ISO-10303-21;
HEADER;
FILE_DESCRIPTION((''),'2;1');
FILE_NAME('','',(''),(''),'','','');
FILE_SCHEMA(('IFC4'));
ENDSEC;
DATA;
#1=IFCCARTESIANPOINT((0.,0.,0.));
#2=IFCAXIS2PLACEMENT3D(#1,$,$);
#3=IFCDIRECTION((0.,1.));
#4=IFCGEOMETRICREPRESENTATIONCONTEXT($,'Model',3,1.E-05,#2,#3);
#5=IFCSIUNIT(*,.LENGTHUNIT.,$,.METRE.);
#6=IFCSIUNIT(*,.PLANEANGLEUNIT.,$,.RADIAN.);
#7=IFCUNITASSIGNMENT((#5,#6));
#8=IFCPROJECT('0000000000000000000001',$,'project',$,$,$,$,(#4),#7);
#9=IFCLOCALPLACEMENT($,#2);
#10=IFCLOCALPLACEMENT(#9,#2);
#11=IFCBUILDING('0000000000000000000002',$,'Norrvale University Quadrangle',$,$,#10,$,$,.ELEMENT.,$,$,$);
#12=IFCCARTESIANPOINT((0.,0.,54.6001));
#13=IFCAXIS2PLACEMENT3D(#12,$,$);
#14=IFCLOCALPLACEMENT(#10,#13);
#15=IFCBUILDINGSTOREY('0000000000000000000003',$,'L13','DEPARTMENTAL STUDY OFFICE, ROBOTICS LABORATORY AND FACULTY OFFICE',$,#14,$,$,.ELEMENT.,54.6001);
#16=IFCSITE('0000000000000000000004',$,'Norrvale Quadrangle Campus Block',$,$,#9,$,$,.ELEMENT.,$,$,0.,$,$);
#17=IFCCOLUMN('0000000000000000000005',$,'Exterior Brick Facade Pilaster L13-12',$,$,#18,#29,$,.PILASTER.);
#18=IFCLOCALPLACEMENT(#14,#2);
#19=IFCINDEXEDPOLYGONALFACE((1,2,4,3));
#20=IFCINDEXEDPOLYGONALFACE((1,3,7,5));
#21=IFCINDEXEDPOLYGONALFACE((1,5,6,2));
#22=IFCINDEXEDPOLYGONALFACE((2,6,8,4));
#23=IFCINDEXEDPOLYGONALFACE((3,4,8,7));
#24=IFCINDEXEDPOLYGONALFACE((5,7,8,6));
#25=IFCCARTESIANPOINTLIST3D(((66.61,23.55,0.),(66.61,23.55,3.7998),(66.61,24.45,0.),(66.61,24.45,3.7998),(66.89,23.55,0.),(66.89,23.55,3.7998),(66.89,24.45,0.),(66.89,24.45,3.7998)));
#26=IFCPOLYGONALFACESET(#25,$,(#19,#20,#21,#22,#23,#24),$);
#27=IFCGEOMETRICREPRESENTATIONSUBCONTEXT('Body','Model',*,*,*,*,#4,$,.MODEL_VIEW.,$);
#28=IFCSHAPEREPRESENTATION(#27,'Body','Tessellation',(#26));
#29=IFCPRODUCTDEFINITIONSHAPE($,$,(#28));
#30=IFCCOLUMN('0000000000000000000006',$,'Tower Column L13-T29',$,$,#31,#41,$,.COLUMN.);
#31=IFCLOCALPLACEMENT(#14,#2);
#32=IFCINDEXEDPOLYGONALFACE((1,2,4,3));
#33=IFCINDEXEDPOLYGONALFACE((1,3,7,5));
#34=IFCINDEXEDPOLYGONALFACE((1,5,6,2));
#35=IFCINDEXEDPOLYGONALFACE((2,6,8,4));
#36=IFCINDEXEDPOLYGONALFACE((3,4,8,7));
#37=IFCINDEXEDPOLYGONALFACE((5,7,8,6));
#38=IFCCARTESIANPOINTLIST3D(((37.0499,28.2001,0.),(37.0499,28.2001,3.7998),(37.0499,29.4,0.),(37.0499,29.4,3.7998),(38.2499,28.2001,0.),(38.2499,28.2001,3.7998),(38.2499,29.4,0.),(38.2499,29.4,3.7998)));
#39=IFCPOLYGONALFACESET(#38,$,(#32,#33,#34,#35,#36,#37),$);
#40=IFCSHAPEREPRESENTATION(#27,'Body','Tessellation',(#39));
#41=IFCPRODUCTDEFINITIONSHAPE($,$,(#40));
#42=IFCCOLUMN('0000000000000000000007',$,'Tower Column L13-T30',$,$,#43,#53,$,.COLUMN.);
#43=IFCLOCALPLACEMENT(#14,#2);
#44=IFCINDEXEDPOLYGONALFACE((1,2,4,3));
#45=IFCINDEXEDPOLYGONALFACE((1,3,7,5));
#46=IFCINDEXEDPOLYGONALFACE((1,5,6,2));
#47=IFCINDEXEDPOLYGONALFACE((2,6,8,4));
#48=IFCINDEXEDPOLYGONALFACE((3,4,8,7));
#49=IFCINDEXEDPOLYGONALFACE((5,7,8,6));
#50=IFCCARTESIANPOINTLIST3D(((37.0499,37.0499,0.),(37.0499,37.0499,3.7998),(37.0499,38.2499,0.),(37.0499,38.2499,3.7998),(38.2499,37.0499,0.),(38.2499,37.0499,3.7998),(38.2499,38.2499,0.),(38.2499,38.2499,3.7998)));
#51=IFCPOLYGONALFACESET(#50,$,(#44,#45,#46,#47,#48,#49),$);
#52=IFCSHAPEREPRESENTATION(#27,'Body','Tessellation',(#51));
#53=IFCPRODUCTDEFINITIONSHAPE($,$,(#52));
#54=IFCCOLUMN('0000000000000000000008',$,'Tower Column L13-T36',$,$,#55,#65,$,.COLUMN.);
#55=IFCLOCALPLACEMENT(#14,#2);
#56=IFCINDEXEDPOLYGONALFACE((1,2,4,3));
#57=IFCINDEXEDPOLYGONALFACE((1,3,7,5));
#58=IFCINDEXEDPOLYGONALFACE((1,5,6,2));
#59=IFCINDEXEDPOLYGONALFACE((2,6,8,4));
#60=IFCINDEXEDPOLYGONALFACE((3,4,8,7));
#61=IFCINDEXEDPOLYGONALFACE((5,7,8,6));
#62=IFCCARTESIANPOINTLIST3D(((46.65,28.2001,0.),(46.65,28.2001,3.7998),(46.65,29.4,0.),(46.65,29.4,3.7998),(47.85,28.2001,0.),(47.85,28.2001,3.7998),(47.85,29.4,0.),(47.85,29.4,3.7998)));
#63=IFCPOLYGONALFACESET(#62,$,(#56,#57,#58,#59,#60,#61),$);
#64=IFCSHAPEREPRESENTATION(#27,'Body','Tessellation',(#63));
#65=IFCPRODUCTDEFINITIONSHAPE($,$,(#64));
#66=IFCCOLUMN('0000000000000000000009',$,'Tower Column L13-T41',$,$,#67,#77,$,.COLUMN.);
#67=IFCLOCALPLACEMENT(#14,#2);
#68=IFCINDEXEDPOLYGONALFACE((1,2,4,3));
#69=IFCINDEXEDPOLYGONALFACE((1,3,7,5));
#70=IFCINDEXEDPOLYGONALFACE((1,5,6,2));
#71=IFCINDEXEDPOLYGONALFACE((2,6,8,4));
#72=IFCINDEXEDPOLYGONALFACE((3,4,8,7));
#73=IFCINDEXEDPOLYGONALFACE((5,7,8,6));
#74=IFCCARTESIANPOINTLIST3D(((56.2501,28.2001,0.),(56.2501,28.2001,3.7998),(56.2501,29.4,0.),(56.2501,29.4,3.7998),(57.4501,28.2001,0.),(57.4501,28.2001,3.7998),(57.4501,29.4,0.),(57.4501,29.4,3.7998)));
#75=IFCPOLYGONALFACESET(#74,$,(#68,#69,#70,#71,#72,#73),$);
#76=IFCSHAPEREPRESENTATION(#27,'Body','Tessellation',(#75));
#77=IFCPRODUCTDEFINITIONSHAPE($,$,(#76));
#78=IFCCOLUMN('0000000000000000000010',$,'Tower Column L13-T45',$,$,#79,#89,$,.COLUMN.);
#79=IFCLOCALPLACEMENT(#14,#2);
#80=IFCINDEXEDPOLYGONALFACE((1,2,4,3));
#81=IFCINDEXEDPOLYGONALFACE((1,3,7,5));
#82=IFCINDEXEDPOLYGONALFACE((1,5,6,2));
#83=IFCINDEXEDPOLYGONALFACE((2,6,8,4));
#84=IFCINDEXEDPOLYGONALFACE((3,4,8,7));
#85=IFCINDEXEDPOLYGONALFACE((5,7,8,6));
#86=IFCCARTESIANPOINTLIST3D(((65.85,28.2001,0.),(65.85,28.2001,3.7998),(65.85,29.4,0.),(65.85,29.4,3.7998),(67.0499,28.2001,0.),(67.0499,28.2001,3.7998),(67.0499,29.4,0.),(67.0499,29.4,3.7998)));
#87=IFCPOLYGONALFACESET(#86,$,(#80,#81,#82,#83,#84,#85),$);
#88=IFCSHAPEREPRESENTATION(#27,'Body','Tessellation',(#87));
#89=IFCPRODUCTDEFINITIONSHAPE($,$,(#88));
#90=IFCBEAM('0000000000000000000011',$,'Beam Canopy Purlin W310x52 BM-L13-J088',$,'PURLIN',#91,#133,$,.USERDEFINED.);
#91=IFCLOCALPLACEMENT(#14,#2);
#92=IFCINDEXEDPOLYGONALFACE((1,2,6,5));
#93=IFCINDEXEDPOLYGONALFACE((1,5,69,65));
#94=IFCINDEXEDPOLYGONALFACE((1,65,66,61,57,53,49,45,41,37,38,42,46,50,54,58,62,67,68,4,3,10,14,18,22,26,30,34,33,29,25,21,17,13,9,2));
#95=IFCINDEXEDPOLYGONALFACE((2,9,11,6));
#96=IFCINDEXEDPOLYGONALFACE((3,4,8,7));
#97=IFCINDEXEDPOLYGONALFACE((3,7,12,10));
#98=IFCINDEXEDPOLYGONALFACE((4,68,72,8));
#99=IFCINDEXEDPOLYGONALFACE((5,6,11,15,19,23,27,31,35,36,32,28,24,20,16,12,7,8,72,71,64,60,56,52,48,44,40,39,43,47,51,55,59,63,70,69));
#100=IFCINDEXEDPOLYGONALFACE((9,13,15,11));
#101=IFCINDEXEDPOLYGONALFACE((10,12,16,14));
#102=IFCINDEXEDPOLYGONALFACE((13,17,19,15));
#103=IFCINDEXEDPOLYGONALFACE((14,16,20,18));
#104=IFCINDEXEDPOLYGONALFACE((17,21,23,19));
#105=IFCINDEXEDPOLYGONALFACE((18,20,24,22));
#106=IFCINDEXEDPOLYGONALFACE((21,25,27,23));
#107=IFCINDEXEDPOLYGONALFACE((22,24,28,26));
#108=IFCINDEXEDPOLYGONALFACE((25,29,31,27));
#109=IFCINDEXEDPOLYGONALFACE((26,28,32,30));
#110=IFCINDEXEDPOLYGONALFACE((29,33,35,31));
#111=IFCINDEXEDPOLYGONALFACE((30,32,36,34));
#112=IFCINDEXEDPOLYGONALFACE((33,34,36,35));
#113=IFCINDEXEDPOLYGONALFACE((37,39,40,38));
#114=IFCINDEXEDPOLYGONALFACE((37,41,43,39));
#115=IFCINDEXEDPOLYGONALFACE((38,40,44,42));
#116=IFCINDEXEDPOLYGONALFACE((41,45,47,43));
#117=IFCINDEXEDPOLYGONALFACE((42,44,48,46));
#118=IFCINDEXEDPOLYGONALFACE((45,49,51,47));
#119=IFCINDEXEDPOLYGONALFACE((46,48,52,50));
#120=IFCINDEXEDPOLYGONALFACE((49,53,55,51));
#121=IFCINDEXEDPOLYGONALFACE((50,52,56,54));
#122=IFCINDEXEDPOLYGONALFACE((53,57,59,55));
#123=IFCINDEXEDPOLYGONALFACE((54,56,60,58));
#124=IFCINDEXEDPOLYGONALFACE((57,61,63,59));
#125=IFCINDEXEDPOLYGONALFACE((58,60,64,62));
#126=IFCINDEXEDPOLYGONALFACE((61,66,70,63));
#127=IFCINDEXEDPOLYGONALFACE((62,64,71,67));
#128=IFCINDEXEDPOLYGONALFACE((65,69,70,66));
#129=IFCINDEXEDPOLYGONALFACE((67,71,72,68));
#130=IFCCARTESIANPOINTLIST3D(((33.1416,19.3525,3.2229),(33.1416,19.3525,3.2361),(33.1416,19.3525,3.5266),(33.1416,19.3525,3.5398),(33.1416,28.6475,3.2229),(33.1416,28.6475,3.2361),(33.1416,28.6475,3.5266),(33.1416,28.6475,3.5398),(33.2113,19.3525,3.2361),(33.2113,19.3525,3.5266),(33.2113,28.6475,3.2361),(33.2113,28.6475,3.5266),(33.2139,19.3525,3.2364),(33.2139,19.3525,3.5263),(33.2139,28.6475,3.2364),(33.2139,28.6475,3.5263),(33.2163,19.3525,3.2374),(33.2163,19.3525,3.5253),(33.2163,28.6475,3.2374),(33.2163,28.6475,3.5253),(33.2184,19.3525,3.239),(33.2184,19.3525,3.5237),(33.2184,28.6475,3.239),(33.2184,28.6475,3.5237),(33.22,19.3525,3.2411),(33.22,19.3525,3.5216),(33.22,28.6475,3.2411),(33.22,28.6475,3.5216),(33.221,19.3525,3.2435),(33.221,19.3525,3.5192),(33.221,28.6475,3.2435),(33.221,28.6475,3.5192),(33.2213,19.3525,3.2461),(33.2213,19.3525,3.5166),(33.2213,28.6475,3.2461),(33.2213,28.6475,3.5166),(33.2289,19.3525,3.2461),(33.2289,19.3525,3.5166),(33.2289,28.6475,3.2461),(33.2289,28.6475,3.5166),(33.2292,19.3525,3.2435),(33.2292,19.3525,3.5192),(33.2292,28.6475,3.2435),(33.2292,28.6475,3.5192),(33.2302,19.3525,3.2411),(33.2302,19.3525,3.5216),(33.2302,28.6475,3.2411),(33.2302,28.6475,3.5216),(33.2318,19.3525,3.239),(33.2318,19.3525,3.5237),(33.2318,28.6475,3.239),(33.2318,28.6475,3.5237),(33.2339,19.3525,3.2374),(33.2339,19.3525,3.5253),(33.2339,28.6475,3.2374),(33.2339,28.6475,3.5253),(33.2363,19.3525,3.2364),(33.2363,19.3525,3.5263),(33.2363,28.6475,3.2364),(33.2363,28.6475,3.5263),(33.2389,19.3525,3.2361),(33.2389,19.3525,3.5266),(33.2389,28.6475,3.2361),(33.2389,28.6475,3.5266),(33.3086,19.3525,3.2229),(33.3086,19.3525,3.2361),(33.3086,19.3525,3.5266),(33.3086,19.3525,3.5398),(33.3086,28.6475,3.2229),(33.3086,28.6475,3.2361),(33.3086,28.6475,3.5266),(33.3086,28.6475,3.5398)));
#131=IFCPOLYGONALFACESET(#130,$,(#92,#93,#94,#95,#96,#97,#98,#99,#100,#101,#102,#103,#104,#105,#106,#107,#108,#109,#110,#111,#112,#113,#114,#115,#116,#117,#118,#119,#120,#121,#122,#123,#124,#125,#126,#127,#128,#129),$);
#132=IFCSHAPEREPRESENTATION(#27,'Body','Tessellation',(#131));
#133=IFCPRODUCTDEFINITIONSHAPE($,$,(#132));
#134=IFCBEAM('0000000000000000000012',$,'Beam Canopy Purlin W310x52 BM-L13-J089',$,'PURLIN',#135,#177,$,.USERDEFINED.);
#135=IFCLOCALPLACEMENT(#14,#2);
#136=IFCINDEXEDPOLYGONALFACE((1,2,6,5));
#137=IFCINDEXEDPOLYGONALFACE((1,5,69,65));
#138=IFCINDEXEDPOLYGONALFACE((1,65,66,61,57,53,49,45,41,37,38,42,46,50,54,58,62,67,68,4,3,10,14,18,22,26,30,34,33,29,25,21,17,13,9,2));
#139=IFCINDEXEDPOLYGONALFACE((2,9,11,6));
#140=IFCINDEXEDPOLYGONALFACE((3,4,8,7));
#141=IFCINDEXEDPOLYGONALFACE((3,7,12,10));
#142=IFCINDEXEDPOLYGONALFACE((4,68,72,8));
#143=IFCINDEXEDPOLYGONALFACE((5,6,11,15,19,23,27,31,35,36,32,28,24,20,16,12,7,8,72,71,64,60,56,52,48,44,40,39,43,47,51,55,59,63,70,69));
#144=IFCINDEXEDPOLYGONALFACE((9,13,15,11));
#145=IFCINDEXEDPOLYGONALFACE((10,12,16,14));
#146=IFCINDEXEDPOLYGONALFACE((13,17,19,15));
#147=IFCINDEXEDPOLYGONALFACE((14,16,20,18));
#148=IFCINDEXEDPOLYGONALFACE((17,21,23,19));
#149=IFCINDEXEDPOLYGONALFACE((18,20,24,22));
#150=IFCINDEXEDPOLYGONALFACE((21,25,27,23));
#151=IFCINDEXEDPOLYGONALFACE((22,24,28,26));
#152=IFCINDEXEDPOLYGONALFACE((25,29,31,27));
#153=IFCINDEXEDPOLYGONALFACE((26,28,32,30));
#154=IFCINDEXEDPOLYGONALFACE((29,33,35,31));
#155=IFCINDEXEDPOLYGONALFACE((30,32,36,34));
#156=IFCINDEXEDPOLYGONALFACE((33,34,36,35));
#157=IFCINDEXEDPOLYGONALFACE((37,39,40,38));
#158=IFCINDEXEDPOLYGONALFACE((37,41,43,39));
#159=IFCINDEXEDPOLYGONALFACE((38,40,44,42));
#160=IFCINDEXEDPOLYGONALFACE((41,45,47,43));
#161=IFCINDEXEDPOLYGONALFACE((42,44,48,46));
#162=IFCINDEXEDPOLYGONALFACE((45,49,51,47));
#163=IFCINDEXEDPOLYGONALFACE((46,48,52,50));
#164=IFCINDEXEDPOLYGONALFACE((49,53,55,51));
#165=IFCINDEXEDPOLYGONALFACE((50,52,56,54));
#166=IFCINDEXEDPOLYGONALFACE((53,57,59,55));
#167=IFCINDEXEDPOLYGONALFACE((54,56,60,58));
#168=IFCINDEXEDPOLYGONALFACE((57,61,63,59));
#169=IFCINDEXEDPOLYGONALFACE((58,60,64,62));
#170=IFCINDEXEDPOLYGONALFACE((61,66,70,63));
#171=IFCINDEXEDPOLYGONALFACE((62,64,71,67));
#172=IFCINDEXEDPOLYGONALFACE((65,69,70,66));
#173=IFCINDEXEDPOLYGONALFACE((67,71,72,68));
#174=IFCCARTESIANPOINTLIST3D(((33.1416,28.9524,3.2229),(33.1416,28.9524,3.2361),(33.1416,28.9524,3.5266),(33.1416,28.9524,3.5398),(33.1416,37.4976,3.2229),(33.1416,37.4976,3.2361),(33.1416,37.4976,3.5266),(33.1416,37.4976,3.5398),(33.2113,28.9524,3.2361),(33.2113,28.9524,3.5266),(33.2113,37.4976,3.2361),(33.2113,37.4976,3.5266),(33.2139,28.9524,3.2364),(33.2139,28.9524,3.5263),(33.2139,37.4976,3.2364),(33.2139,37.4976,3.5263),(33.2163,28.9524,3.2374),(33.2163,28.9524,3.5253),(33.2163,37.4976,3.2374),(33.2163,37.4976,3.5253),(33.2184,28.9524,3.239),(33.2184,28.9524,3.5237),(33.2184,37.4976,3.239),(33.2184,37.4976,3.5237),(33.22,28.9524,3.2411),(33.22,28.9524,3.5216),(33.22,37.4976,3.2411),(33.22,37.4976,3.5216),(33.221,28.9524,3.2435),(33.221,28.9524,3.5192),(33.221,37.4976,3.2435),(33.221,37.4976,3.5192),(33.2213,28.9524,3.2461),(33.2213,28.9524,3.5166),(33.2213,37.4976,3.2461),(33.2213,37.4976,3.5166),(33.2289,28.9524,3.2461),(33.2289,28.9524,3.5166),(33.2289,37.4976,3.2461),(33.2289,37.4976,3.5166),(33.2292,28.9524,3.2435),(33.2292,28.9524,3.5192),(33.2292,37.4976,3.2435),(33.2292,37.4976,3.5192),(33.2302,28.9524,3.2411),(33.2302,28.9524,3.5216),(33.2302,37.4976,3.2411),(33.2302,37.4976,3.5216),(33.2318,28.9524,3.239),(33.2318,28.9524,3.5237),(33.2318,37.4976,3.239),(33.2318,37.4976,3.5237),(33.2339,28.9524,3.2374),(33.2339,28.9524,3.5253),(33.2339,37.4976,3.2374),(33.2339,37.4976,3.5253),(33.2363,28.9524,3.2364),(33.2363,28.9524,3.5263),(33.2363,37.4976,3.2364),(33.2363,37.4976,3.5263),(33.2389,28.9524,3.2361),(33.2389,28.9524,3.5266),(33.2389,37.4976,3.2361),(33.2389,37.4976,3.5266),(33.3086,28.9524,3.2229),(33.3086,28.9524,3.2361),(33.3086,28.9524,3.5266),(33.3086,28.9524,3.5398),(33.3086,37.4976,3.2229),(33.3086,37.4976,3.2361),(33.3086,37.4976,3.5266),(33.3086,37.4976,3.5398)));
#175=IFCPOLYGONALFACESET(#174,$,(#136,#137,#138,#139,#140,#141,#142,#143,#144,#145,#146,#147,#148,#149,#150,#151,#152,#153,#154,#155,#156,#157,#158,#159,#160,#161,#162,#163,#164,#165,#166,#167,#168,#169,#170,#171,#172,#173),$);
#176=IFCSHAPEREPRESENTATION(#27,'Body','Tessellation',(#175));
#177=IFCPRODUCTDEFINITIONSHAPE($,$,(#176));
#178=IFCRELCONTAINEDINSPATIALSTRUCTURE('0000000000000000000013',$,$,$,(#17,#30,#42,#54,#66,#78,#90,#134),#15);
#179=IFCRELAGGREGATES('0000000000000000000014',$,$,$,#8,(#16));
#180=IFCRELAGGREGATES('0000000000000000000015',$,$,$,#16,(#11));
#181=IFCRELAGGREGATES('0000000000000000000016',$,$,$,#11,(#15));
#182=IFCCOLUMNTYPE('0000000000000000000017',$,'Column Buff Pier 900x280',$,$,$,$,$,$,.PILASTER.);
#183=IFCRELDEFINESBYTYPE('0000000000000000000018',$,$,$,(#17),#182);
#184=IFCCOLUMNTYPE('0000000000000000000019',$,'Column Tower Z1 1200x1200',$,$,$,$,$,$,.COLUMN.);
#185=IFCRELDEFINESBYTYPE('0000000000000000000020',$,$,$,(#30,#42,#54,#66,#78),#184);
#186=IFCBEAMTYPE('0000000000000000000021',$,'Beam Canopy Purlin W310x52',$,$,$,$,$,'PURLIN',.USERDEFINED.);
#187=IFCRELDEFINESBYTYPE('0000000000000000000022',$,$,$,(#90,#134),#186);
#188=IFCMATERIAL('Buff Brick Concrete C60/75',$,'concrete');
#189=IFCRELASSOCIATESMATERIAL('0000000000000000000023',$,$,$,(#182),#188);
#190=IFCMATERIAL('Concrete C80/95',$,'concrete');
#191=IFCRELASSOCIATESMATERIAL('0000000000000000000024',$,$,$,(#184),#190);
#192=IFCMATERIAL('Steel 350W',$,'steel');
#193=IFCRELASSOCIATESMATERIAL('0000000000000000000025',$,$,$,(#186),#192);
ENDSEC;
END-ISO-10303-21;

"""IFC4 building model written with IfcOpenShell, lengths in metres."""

from ifc_helpers import new_model, si_unit, direction, frame, origin, origin_2d, place, context, subcontext, project, spatial, rectangle, i_section, extrude, material, material_profile, profile_set, type_object, element, save


model = new_model("IFC4")

# Units and contexts
model_context = context("Model", 3, precision=1e-05, world=origin(), true_north=direction((0.0, 1.0)))
body_context = subcontext(model_context, "Body", "Model", "MODEL_VIEW")
ifc_project = project(units=[si_unit("LENGTHUNIT", "METRE"), si_unit("PLANEANGLEUNIT", "RADIAN")], contexts=[model_context])

# Site, building, storey
site_placement = place(None, origin())
site = spatial("IfcSite", under=ifc_project, at=site_placement, Name="Norrvale Quadrangle Campus Block", CompositionType="ELEMENT", RefElevation=0.0)
building_placement = place(site_placement, origin())
building = spatial("IfcBuilding", under=site, at=building_placement, Name="Norrvale University Quadrangle", CompositionType="ELEMENT")
storey_placement = place(building_placement, frame((0.0, 0.0, 54.6001)))
storey = spatial("IfcBuildingStorey", under=building, at=storey_placement, Name="L13", Description="DEPARTMENTAL STUDY OFFICE, ROBOTICS LABORATORY AND FACULTY OFFICE", CompositionType="ELEMENT", Elevation=54.6001)

# Columns
ifc_material_1 = material(Name="Buff Brick Concrete C60/75", Category="concrete")
ifc_material_profile_1 = material_profile(ifc_material_1, rectangle(XDim=0.8999, YDim=0.28, at=origin_2d()), Name="Buff Brick Concrete C60/75")
ifc_profile_set_1 = profile_set([ifc_material_profile_1], Name="Buff Brick Concrete C60/75")
column_type_1 = type_object("IfcColumnType", Name="Column Buff Pier 900x280", PredefinedType="PILASTER", material=ifc_profile_set_1)
column_placement = place(storey_placement, frame((66.75, 24.0, 0.0), z_axis=(0.0, 0.0, 1.0), x_axis=(0.0, 1.0, 0.0)))
element("IfcColumn", 1, at=column_placement, inside=storey, type_object=column_type_1, Name="Exterior Brick Facade Pilaster L13-12", PredefinedType="PILASTER", context=body_context, shape_type="SweptSolid", body=[
    extrude(rectangle(XDim=0.8999, YDim=0.28, at=origin_2d()), origin(), (0.0, 0.0, 1.0), 3.7998),
])
ifc_material_2 = material(Name="Concrete C80/95", Category="concrete")
ifc_material_profile_2 = material_profile(ifc_material_2, rectangle(XDim=1.2, YDim=1.2, at=origin_2d()), Name="Concrete C80/95")
ifc_profile_set_2 = profile_set([ifc_material_profile_2], Name="Concrete C80/95")
column_type_2 = type_object("IfcColumnType", Name="Column Tower Z1 1200x1200", PredefinedType="COLUMN", material=ifc_profile_set_2)
for number, where, z_axis, x_axis, name in (
    (2, (37.6499, 28.8, 0.0), (0.0, 0.0, 1.0), (1.0, 0.0, 0.0), "Tower Column L13-T29"),
    (3, (37.6499, 37.6499, 0.0), (0.0, 0.0, 1.0), (1.0, 0.0, 0.0), "Tower Column L13-T30"),
    (4, (47.25, 28.8, 0.0), (0.0, 0.0, 1.0), (1.0, 0.0, 0.0), "Tower Column L13-T36"),
    (5, (56.8501, 28.8, 0.0), (0.0, 0.0, 1.0), (1.0, 0.0, 0.0), "Tower Column L13-T41"),
    (6, (66.45, 28.8, 0.0), (0.0, 0.0, 1.0), (1.0, 0.0, 0.0), "Tower Column L13-T45"),
):
    element("IfcColumn", number, at=place(storey_placement, frame(where, z_axis=z_axis, x_axis=x_axis)), inside=storey, type_object=column_type_2, Name=name, PredefinedType="COLUMN", context=body_context, shape_type="SweptSolid", body=[
        extrude(rectangle(XDim=1.2, YDim=1.2, at=origin_2d()), origin(), (0.0, 0.0, 1.0), 3.7998),
    ])

# Beams
ifc_material_3 = material(Name="Steel 350W", Category="steel")
ifc_material_profile_3 = material_profile(ifc_material_3, i_section(OverallWidth=0.167, OverallDepth=0.3169, WebThickness=0.0076, FlangeThickness=0.0132, FilletRadius=0.01, at=origin_2d()), Name="Steel 350W")
ifc_profile_set_3 = profile_set([ifc_material_profile_3], Name="Steel 350W")
beam_type_1 = type_object("IfcBeamType", Name="Beam Canopy Purlin W310x52", ElementType="PURLIN", PredefinedType="USERDEFINED", material=ifc_profile_set_3)
beam_1_placement = place(storey_placement, frame((33.2251, 19.3525, 3.3813), z_axis=(0.0, 1.0, 0.0), x_axis=(-1.0, 0.0, 0.0)))
element("IfcBeam", 7, at=beam_1_placement, inside=storey, type_object=beam_type_1, Name="Beam Canopy Purlin W310x52 BM-L13-J088", ObjectType="PURLIN", PredefinedType="USERDEFINED", context=body_context, shape_type="SweptSolid", body=[
    extrude(i_section(OverallWidth=0.167, OverallDepth=0.3169, WebThickness=0.0076, FlangeThickness=0.0132, FilletRadius=0.01, at=origin_2d()), origin(), (0.0, 0.0, 1.0), 9.2949),
])
beam_2_placement = place(storey_placement, frame((33.2251, 28.9524, 3.3813), z_axis=(0.0, 1.0, 0.0), x_axis=(-1.0, 0.0, 0.0)))
element("IfcBeam", 8, at=beam_2_placement, inside=storey, type_object=beam_type_1, Name="Beam Canopy Purlin W310x52 BM-L13-J089", ObjectType="PURLIN", PredefinedType="USERDEFINED", context=body_context, shape_type="SweptSolid", body=[
    extrude(i_section(OverallWidth=0.167, OverallDepth=0.3169, WebThickness=0.0076, FlangeThickness=0.0132, FilletRadius=0.01, at=origin_2d()), origin(), (0.0, 0.0, 1.0), 8.5452),
])

save(model, "model.ifc")
